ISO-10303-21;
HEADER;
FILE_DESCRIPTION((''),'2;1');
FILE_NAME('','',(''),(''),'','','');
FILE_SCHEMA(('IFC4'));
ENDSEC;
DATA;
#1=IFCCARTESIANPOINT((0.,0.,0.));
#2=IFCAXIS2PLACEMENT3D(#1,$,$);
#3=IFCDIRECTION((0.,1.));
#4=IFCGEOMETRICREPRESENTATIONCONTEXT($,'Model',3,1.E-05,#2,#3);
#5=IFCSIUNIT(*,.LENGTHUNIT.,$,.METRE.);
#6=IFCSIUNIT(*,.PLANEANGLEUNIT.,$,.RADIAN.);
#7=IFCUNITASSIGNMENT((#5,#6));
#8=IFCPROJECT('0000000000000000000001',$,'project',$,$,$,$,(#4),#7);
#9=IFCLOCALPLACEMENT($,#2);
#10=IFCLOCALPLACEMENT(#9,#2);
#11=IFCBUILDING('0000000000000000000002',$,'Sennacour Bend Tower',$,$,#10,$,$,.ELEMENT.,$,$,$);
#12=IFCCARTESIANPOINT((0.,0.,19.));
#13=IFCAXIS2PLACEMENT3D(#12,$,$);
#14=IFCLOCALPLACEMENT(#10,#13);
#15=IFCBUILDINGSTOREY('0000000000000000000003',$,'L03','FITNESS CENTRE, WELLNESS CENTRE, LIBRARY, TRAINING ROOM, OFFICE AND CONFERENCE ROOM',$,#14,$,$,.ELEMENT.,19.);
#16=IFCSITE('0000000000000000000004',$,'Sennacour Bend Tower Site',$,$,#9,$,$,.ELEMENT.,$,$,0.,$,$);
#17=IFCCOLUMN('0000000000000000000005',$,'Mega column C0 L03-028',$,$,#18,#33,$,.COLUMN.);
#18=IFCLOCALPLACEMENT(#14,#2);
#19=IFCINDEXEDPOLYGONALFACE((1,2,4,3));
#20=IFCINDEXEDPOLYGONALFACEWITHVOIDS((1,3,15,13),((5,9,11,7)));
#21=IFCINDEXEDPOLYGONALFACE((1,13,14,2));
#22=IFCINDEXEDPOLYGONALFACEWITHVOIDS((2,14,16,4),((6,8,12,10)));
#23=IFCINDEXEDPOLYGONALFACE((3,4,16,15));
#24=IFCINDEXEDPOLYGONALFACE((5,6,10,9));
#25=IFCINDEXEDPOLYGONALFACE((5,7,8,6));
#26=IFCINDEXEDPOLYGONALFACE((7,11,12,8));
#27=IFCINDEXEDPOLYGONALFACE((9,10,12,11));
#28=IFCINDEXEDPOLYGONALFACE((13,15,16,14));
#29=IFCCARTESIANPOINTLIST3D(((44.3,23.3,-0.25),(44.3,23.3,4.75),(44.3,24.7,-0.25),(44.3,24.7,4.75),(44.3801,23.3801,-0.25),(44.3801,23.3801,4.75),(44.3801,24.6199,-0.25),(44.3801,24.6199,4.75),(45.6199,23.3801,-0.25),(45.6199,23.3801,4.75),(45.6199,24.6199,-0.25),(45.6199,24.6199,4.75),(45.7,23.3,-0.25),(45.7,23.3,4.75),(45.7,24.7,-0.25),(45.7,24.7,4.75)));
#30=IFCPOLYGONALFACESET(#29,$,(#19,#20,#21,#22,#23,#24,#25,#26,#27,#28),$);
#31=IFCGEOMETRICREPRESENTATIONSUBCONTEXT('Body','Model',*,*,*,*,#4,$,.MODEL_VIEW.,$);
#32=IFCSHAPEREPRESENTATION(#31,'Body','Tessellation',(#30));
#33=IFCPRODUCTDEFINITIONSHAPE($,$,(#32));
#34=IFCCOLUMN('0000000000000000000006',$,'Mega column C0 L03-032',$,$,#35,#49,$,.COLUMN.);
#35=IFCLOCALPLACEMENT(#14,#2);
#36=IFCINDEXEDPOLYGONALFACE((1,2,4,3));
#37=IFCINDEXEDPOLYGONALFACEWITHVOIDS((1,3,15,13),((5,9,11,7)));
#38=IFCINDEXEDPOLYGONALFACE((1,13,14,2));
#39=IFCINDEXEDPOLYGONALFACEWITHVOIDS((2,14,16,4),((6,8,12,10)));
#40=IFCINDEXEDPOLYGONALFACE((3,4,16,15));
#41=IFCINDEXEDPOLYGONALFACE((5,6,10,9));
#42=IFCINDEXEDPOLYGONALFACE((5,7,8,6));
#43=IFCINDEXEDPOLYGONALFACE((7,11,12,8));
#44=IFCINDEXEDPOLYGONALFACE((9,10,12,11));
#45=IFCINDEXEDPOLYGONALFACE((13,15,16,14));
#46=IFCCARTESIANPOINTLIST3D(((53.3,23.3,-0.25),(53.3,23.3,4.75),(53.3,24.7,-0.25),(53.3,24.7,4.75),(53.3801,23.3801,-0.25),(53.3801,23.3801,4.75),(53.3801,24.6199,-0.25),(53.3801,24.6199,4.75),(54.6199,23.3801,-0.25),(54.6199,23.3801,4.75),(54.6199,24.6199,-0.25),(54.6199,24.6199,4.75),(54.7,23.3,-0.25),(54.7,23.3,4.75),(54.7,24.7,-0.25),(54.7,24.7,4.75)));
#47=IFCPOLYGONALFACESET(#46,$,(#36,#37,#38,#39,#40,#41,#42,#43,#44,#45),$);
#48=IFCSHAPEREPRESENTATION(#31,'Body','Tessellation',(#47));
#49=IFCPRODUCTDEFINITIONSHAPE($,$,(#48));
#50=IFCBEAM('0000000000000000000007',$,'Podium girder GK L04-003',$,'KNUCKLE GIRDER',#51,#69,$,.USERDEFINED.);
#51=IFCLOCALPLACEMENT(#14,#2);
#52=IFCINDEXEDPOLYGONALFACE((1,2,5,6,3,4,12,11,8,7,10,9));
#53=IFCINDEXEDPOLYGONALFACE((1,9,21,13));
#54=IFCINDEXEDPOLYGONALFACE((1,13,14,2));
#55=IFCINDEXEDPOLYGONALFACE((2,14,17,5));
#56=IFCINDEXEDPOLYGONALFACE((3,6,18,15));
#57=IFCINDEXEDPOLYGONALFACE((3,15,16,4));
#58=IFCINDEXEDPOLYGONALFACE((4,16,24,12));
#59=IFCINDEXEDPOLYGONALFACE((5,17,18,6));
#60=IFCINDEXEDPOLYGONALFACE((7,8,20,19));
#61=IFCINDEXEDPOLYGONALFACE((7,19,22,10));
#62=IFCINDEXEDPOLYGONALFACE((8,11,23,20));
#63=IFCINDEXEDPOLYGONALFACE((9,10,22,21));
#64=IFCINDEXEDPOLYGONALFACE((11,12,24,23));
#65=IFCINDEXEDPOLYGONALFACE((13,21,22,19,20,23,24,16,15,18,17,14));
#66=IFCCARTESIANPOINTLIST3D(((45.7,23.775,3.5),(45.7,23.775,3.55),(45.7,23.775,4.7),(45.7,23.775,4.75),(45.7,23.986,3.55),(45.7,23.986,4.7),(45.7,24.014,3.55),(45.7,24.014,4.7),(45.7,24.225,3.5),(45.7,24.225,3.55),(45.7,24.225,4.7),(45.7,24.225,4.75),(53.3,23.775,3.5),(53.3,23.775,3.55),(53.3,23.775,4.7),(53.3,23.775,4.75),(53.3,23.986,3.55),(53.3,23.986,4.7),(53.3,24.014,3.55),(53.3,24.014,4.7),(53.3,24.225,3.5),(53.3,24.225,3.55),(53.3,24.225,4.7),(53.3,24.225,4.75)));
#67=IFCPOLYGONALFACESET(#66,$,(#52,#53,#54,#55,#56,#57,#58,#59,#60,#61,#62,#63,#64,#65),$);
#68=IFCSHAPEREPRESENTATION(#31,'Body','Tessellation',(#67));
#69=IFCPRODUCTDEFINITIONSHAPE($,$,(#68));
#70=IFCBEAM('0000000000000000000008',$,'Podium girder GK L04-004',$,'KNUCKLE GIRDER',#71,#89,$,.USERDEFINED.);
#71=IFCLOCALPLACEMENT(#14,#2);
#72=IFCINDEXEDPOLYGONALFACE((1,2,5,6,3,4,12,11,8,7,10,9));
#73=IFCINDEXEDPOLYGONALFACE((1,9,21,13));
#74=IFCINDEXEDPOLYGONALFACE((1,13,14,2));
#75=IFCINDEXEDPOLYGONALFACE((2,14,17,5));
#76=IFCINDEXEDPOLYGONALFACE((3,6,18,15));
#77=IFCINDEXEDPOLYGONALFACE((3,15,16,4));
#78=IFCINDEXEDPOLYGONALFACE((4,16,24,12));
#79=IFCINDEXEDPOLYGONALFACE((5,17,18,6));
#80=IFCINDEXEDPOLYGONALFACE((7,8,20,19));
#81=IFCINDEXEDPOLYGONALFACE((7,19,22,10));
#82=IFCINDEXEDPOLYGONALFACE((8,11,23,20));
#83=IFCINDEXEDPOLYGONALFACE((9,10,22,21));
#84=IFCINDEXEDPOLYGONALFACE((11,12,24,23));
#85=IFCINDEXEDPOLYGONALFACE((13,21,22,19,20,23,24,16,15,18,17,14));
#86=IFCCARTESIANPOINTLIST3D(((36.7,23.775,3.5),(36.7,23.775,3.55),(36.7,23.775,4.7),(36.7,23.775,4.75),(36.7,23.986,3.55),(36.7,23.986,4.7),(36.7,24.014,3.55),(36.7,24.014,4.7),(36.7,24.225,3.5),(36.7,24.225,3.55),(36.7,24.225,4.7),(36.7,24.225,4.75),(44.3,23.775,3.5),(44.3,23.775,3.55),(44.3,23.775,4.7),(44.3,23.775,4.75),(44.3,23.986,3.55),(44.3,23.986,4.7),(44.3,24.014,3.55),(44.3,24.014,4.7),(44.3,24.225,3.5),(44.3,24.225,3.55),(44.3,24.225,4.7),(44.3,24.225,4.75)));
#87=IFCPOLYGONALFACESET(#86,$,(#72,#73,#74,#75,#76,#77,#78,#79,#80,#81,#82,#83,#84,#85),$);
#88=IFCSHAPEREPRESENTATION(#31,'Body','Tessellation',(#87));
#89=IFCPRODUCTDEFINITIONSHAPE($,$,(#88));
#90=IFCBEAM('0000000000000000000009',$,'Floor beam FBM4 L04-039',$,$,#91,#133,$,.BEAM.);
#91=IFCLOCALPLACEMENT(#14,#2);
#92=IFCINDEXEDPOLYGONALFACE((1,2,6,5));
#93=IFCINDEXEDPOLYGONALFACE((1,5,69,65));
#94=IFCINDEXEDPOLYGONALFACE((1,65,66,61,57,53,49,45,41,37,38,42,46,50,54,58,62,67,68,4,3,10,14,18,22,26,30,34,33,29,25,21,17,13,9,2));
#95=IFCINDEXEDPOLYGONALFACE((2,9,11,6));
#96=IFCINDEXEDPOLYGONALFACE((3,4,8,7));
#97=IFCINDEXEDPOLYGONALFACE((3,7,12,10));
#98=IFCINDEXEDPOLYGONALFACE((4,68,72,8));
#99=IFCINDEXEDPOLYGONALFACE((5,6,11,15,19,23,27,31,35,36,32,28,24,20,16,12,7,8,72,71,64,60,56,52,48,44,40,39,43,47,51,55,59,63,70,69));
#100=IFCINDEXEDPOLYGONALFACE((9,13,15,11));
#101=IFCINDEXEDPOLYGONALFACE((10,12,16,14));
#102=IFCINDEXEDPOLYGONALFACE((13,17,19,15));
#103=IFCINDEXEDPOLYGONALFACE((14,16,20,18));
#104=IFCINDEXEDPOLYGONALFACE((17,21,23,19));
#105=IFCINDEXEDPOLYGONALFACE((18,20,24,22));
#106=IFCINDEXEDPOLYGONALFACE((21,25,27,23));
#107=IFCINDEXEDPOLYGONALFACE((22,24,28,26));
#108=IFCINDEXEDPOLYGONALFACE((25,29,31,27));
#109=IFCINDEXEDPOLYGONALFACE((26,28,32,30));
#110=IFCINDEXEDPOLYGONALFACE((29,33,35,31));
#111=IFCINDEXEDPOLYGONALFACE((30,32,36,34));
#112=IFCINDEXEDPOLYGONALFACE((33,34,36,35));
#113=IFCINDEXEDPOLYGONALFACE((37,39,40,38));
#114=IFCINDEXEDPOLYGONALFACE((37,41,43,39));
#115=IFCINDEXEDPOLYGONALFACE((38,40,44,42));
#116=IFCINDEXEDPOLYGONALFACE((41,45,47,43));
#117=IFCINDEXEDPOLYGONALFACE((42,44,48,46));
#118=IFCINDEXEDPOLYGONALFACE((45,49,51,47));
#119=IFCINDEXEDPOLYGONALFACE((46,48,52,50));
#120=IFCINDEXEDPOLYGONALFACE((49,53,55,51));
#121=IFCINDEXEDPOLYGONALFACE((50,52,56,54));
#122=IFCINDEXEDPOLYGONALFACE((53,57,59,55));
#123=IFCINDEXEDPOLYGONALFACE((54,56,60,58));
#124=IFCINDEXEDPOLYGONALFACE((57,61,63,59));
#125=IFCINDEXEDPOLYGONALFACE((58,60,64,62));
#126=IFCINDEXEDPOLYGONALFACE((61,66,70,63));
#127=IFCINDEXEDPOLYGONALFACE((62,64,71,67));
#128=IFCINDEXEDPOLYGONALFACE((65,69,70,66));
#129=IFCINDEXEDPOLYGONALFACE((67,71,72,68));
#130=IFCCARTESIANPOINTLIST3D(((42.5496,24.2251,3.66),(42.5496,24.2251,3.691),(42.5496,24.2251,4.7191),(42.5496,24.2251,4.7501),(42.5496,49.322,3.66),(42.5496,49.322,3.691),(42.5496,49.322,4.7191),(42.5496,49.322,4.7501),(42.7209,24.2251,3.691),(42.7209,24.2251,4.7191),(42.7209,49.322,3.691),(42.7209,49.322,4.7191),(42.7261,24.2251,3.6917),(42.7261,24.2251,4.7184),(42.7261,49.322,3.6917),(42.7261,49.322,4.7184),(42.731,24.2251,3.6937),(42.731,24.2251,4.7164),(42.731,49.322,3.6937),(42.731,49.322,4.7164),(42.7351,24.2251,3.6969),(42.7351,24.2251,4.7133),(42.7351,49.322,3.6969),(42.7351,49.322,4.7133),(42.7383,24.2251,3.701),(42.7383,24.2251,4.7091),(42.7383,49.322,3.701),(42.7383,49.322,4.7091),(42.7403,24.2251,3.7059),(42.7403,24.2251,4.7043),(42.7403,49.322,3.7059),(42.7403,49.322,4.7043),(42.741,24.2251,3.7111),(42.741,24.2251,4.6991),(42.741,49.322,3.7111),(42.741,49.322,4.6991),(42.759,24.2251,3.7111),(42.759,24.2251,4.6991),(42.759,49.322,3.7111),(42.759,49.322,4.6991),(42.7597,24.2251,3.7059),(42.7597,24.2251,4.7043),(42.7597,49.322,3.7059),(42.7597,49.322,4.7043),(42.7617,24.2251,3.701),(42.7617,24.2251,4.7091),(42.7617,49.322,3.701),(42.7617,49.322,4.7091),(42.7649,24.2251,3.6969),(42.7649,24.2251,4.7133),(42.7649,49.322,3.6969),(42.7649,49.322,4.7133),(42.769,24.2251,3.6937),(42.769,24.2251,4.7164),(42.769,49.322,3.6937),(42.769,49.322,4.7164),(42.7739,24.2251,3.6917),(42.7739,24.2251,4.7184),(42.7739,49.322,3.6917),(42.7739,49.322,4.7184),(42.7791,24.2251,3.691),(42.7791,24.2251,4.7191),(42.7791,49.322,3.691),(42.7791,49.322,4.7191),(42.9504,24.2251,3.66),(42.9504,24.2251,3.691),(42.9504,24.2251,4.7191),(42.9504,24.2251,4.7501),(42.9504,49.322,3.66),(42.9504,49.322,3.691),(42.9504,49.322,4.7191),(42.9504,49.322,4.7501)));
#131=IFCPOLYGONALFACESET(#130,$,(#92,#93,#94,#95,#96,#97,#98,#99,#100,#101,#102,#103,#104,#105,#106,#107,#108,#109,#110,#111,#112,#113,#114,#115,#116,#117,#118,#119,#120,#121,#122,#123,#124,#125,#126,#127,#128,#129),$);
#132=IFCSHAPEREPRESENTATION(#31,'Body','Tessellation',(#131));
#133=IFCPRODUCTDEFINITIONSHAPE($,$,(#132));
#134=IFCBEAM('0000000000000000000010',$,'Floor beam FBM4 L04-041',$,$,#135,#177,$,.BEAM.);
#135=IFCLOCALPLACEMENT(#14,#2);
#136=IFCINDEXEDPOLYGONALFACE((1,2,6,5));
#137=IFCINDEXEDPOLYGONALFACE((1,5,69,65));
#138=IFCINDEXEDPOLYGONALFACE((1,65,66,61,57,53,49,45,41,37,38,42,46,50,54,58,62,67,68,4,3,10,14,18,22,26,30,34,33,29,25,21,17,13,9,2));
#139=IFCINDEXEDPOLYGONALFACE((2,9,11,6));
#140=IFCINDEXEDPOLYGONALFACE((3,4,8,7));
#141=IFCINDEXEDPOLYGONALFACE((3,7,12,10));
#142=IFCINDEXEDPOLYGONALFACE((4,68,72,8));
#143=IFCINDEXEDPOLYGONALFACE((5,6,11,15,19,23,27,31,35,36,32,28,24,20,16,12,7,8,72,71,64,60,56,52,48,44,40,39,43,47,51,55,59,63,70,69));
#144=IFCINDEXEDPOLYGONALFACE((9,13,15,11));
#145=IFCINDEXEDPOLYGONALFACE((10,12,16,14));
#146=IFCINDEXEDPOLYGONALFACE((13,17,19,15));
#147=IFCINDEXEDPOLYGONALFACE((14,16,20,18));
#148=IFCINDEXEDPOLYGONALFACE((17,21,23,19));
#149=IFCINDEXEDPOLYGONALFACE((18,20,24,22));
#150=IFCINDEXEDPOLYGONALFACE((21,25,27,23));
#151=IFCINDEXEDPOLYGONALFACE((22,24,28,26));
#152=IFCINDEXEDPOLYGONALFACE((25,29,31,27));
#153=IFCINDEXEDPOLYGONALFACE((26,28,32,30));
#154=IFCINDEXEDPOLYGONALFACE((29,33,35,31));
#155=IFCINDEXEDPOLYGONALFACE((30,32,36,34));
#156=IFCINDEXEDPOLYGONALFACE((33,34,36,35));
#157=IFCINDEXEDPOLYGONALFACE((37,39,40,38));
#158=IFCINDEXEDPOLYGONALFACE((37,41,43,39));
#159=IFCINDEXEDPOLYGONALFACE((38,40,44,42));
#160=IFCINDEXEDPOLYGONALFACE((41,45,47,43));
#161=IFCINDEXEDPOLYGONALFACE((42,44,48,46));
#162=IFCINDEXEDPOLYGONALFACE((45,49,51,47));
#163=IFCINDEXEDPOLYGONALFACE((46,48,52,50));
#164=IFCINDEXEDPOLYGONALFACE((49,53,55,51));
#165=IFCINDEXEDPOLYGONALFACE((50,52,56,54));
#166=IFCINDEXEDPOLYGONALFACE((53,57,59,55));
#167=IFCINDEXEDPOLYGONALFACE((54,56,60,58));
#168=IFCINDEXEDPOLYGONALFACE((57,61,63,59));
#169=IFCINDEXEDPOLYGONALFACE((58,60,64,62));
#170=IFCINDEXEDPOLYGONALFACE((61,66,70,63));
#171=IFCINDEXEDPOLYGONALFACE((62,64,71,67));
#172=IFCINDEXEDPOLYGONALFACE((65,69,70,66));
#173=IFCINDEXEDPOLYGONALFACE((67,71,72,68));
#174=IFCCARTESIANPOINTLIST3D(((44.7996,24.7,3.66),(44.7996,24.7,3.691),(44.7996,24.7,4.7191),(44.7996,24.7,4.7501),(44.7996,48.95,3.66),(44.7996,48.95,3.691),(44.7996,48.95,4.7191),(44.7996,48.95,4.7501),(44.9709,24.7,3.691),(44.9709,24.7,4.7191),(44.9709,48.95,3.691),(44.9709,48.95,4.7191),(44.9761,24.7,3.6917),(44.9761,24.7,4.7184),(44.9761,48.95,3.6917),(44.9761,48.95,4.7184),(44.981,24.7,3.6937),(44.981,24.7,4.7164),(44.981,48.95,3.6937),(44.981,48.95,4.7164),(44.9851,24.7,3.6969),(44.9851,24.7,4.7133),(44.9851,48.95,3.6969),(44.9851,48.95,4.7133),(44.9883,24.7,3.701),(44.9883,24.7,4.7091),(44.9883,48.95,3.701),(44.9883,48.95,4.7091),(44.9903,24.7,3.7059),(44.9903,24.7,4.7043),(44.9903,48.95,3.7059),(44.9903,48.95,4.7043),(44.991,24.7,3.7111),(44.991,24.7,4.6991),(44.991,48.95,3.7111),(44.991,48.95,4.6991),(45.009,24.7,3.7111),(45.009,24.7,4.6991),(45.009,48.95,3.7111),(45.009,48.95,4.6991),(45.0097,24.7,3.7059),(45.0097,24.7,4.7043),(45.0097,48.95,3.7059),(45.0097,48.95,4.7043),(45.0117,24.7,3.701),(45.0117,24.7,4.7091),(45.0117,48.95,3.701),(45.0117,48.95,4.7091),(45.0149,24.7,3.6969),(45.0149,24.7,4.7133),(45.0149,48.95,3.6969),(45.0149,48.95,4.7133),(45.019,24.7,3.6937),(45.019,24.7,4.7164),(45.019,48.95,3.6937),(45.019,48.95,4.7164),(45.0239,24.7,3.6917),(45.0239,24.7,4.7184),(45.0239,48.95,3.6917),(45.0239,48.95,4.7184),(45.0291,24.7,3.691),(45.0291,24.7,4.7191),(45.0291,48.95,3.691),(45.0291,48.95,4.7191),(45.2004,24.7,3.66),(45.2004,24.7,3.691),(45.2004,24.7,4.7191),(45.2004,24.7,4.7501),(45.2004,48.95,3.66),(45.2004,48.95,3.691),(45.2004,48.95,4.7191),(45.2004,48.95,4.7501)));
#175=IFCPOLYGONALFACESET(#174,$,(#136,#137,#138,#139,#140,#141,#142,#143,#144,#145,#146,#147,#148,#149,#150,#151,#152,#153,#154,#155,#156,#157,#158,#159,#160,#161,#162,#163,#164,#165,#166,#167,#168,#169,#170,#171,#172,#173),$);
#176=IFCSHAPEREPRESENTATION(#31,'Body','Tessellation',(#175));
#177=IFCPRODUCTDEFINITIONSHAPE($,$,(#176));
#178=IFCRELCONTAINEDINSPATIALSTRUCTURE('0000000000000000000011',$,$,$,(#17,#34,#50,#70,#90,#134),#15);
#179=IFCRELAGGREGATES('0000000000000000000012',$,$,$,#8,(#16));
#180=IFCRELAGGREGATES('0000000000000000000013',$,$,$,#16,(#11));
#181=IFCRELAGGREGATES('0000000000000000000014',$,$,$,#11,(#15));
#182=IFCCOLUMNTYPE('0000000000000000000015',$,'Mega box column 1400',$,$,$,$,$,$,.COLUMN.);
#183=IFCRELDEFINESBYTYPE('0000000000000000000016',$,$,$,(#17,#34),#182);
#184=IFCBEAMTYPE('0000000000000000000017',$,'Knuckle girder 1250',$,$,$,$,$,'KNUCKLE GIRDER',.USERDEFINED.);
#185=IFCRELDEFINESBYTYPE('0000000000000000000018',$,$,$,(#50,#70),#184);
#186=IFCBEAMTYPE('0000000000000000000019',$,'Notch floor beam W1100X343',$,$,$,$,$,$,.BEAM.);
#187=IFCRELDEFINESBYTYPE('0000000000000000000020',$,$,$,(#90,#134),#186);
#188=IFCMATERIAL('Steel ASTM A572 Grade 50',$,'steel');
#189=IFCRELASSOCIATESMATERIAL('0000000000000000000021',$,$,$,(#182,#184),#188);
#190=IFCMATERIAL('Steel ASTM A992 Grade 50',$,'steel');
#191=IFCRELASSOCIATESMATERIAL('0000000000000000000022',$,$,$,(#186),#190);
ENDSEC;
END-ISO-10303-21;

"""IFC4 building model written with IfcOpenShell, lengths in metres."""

from ifc_helpers import new_model, si_unit, direction, frame, origin, origin_2d, place, context, subcontext, project, spatial, hollow_rectangle, i_section, extrude, material, material_profile, profile_set, type_object, element, save


model = new_model("IFC4")

# Units and contexts
model_context = context("Model", 3, precision=1e-05, world=origin(), true_north=direction((0.0, 1.0)))
body_context = subcontext(model_context, "Body", "Model", "MODEL_VIEW")
ifc_project = project(units=[si_unit("LENGTHUNIT", "METRE"), si_unit("PLANEANGLEUNIT", "RADIAN")], contexts=[model_context])

# Site, building, storey
site_placement = place(None, origin())
site = spatial("IfcSite", under=ifc_project, at=site_placement, Name="Sennacour Bend Tower Site", CompositionType="ELEMENT", RefElevation=0.0)
building_placement = place(site_placement, origin())
building = spatial("IfcBuilding", under=site, at=building_placement, Name="Sennacour Bend Tower", CompositionType="ELEMENT")
storey_placement = place(building_placement, frame((0.0, 0.0, 19.0)))
storey = spatial("IfcBuildingStorey", under=building, at=storey_placement, Name="L03", Description="FITNESS CENTRE, WELLNESS CENTRE, LIBRARY, TRAINING ROOM, OFFICE AND CONFERENCE ROOM", CompositionType="ELEMENT", Elevation=19.0)

# Columns
ifc_material_1 = material(Name="Steel ASTM A572 Grade 50", Category="steel")
ifc_material_profile_1 = material_profile(ifc_material_1, hollow_rectangle(XDim=1.3999, YDim=1.3999, WallThickness=0.0801, at=origin_2d()), Name="Steel ASTM A572 Grade 50", Category="steel")
ifc_profile_set_1 = profile_set([ifc_material_profile_1], Name="Steel ASTM A572 Grade 50")
column_type = type_object("IfcColumnType", Name="Mega box column 1400", PredefinedType="COLUMN", material=ifc_profile_set_1)
for number, where, z_axis, x_axis, name in (
    (1, (45.0, 24.0, -0.25), (0.0, 0.0, 1.0), (1.0, 0.0, 0.0), "Mega column C0 L03-028"),
    (2, (54.0, 24.0, -0.25), (0.0, 0.0, 1.0), (1.0, 0.0, 0.0), "Mega column C0 L03-032"),
):
    element("IfcColumn", number, at=place(storey_placement, frame(where, z_axis=z_axis, x_axis=x_axis)), inside=storey, type_object=column_type, Name=name, PredefinedType="COLUMN", context=body_context, shape_type="SweptSolid", body=[
        extrude(hollow_rectangle(XDim=1.3999, YDim=1.3999, WallThickness=0.0801, at=origin_2d()), origin(), (0.0, 0.0, 1.0), 5.0),
    ])

# Beams
ifc_material_profile_2 = material_profile(ifc_material_1, i_section(OverallWidth=0.45, OverallDepth=1.25, WebThickness=0.0281, FlangeThickness=0.05, at=origin_2d()), Name="Steel ASTM A572 Grade 50", Category="steel")
ifc_profile_set_2 = profile_set([ifc_material_profile_2], Name="Steel ASTM A572 Grade 50")
beam_type_1 = type_object("IfcBeamType", Name="Knuckle girder 1250", ElementType="KNUCKLE GIRDER", PredefinedType="USERDEFINED", material=ifc_profile_set_2)
for number, where, z_axis, x_axis, name in (
    (3, (53.3, 24.0, 4.125), (-1.0, 0.0, 0.0), (0.0, -1.0, 0.0), "Podium girder GK L04-003"),
    (4, (44.3, 24.0, 4.125), (-1.0, 0.0, 0.0), (0.0, -1.0, 0.0), "Podium girder GK L04-004"),
):
    element("IfcBeam", number, at=place(storey_placement, frame(where, z_axis=z_axis, x_axis=x_axis)), inside=storey, type_object=beam_type_1, Name=name, ObjectType="KNUCKLE GIRDER", PredefinedType="USERDEFINED", context=body_context, shape_type="SweptSolid", body=[
        extrude(i_section(OverallWidth=0.45, OverallDepth=1.25, WebThickness=0.0281, FlangeThickness=0.05, at=origin_2d()), origin(), (0.0, 0.0, 1.0), 7.6001),
    ])
ifc_material_2 = material(Name="Steel ASTM A992 Grade 50", Category="steel")
ifc_material_profile_3 = material_profile(ifc_material_2, i_section(OverallWidth=0.4009, OverallDepth=1.0901, WebThickness=0.0181, FlangeThickness=0.031, FilletRadius=0.02, at=origin_2d()), Name="Steel ASTM A992 Grade 50", Category="steel")
ifc_profile_set_3 = profile_set([ifc_material_profile_3], Name="Steel ASTM A992 Grade 50")
beam_type_2 = type_object("IfcBeamType", Name="Notch floor beam W1100X343", PredefinedType="BEAM", material=ifc_profile_set_3)
beam_1_placement = place(storey_placement, frame((42.75, 24.2251, 4.2051), z_axis=(0.0, 1.0, 0.0), x_axis=(-1.0, 0.0, 0.0)))
element("IfcBeam", 5, at=beam_1_placement, inside=storey, type_object=beam_type_2, Name="Floor beam FBM4 L04-039", PredefinedType="BEAM", context=body_context, shape_type="SweptSolid", body=[
    extrude(i_section(OverallWidth=0.4009, OverallDepth=1.0901, WebThickness=0.0181, FlangeThickness=0.031, FilletRadius=0.02, at=origin_2d()), origin(), (0.0, 0.0, 1.0), 25.0969),
])
beam_2_placement = place(storey_placement, frame((45.0, 24.7, 4.2051), z_axis=(0.0, 1.0, 0.0), x_axis=(-1.0, 0.0, 0.0)))
element("IfcBeam", 6, at=beam_2_placement, inside=storey, type_object=beam_type_2, Name="Floor beam FBM4 L04-041", PredefinedType="BEAM", context=body_context, shape_type="SweptSolid", body=[
    extrude(i_section(OverallWidth=0.4009, OverallDepth=1.0901, WebThickness=0.0181, FlangeThickness=0.031, FilletRadius=0.02, at=origin_2d()), origin(), (0.0, 0.0, 1.0), 24.25),
])

save(model, "model.ifc")
